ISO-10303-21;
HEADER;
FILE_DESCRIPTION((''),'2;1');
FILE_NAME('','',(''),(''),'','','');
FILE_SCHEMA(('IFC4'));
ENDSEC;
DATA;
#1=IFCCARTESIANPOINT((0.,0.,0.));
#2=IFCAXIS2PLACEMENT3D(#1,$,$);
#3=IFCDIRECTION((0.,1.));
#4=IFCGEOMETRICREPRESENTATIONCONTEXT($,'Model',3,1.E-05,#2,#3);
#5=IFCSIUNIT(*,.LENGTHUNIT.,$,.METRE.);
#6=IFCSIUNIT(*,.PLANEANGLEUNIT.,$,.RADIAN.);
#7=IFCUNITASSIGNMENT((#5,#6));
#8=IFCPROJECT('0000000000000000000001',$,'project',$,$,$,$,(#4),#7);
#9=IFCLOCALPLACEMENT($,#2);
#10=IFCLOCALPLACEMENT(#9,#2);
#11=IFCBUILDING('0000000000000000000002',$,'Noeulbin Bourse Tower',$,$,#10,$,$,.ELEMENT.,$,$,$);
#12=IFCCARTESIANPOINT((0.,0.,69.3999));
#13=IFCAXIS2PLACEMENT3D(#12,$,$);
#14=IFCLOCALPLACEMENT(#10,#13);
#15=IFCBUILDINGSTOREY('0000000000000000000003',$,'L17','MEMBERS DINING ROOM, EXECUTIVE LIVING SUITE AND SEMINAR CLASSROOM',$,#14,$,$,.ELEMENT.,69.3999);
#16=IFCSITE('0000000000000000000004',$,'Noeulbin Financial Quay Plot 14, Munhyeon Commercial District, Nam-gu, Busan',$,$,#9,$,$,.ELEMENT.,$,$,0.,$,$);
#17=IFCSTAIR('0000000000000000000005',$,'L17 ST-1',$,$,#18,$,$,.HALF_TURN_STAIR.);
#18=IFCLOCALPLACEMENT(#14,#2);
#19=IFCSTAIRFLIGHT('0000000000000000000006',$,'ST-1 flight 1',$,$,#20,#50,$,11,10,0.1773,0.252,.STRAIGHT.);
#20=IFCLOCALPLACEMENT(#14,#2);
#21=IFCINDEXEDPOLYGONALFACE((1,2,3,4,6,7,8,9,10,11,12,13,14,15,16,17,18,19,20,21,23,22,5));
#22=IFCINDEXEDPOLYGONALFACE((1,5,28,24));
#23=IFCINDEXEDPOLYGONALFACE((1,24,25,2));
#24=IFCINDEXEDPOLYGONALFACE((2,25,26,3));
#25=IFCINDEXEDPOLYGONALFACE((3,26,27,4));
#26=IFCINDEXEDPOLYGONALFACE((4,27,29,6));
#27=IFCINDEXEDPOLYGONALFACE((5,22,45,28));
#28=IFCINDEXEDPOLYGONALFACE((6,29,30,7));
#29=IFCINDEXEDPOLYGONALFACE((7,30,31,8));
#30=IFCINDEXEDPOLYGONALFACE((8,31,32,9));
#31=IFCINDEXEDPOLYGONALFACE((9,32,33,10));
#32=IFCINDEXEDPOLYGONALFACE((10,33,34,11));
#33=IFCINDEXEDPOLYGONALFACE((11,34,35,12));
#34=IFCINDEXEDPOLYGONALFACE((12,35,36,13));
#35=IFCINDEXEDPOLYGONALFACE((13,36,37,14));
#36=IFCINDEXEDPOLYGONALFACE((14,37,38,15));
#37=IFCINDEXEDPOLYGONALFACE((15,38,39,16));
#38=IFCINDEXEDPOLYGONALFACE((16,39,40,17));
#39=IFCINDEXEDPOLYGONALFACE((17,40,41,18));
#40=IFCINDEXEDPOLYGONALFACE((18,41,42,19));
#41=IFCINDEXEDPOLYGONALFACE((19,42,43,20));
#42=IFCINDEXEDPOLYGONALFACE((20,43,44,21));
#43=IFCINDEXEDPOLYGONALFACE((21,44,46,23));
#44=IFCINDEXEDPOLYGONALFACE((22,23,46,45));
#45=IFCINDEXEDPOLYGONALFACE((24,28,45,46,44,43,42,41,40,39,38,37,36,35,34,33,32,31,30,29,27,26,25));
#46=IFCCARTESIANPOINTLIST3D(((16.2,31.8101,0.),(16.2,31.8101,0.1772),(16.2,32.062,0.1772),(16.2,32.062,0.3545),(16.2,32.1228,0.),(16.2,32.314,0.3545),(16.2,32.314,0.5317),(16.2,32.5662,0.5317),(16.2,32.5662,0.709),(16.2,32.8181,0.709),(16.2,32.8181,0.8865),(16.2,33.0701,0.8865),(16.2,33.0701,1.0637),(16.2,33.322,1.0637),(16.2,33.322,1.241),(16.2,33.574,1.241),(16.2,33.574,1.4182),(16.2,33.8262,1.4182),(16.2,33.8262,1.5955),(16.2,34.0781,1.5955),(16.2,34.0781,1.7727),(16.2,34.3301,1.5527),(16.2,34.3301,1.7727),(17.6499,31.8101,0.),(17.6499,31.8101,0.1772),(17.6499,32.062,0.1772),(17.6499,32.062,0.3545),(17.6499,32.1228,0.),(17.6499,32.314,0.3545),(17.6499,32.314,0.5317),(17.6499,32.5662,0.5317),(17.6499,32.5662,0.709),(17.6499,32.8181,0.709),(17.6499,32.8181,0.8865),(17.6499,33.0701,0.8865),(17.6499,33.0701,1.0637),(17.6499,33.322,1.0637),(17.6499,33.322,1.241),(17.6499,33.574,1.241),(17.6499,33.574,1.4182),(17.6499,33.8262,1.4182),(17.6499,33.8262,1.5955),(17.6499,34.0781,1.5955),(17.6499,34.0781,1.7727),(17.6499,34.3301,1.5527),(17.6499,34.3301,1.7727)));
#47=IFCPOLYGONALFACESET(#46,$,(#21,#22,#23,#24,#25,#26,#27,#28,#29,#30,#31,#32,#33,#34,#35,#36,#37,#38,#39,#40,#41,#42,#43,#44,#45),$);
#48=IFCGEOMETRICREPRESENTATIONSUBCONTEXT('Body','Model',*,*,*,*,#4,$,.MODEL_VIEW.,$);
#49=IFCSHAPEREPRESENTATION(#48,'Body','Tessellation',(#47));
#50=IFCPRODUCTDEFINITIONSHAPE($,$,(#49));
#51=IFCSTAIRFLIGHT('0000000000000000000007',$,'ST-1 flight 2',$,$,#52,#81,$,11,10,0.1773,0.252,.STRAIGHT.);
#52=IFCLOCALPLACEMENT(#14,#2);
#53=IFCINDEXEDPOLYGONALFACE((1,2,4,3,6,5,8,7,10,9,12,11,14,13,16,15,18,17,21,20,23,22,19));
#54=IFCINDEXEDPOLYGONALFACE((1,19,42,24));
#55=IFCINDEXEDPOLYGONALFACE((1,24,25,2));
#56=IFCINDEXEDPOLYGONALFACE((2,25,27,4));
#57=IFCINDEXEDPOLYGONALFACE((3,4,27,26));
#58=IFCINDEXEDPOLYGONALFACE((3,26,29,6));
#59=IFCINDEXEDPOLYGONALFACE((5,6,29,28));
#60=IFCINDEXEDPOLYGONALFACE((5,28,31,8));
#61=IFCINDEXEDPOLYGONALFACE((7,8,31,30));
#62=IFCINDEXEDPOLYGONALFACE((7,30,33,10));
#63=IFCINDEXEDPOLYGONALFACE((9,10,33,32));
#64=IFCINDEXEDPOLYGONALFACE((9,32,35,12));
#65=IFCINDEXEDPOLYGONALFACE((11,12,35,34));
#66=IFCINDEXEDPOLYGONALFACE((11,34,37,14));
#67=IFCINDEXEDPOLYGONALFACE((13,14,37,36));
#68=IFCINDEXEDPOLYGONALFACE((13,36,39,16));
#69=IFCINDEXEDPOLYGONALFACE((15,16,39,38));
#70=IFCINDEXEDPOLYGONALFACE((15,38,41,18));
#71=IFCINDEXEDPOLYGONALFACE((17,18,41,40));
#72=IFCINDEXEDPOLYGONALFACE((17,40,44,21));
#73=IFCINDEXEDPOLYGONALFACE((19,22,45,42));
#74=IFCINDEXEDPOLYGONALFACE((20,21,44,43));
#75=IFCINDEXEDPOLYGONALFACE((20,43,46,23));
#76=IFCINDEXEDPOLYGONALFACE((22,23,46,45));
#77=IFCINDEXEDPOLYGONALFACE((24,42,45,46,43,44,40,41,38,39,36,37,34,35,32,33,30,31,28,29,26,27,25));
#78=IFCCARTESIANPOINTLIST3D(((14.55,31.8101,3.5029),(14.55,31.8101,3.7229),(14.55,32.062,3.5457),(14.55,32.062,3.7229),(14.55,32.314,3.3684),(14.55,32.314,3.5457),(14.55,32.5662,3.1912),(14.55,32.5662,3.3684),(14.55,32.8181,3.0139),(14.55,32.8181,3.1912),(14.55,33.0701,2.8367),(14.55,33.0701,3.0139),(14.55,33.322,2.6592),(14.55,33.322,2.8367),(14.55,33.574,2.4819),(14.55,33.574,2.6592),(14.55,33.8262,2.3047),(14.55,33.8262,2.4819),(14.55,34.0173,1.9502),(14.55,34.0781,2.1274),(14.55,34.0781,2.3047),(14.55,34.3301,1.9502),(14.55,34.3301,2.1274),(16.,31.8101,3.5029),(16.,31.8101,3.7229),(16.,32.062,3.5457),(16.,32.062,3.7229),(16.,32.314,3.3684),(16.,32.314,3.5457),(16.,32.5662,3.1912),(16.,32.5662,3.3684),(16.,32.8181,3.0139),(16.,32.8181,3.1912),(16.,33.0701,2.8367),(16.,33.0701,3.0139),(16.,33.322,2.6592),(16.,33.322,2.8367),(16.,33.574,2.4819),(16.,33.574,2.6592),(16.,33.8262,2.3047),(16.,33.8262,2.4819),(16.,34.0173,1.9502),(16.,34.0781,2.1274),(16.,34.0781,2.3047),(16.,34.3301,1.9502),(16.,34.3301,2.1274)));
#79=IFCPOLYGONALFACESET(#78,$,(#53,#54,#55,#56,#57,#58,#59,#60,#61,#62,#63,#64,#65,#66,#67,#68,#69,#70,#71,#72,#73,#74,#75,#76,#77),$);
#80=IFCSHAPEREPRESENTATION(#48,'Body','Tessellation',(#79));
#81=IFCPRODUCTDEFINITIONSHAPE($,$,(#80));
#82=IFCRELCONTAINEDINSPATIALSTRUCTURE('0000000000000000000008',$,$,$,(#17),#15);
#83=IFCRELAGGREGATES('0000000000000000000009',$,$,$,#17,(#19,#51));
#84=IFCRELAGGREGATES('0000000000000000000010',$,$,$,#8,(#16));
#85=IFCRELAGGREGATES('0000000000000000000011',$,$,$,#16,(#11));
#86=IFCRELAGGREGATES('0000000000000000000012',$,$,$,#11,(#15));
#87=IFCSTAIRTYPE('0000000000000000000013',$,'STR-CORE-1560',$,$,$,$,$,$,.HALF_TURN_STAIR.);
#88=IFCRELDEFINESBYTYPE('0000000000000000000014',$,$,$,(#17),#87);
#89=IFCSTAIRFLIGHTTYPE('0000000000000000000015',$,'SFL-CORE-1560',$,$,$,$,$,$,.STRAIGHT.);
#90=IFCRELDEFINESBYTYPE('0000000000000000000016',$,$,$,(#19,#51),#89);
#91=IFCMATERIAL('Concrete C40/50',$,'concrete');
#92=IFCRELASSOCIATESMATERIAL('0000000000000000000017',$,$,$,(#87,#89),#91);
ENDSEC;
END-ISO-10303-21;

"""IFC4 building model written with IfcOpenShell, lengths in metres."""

from ifc_helpers import new_model, si_unit, direction, frame, origin, place, context, subcontext, project, spatial, polyline, outline, extrude, material, type_object, element, aggregate, save


model = new_model("IFC4")

# Units and contexts
model_context = context("Model", 3, precision=1e-05, world=origin(), true_north=direction((0.0, 1.0)))
body_context = subcontext(model_context, "Body", "Model", "MODEL_VIEW")
ifc_project = project(units=[si_unit("LENGTHUNIT", "METRE"), si_unit("PLANEANGLEUNIT", "RADIAN")], contexts=[model_context])

# Site, building, storey
site_placement = place(None, origin())
site = spatial("IfcSite", under=ifc_project, at=site_placement, Name="Noeulbin Financial Quay Plot 14, Munhyeon Commercial District, Nam-gu, Busan", CompositionType="ELEMENT", RefElevation=0.0)
building_placement = place(site_placement, origin())
building = spatial("IfcBuilding", under=site, at=building_placement, Name="Noeulbin Bourse Tower", CompositionType="ELEMENT")
storey_placement = place(building_placement, frame((0.0, 0.0, 69.3999)))
storey = spatial("IfcBuildingStorey", under=building, at=storey_placement, Name="L17", Description="MEMBERS DINING ROOM, EXECUTIVE LIVING SUITE AND SEMINAR CLASSROOM", CompositionType="ELEMENT", Elevation=69.3999)

# Shared definitions
ifc_material_1 = material(Name="Concrete C40/50", Category="concrete")

# Stair, stair flights
stair_type = type_object("IfcStairType", Name="STR-CORE-1560", PredefinedType="HALF_TURN_STAIR", material=ifc_material_1)
stair_placement = place(storey_placement, origin())
stair = element("IfcStair", 1, at=stair_placement, inside=storey, type_object=stair_type, Name="L17 ST-1", PredefinedType="HALF_TURN_STAIR")
stair_flight_type = type_object("IfcStairFlightType", Name="SFL-CORE-1560", PredefinedType="STRAIGHT", material=ifc_material_1)
stair_flight_1_placement = place(storey_placement, frame((16.925, 31.8101, 0.0), z_axis=(0.0, 0.0, 1.0), x_axis=(0.0, 1.0, 0.0)))
stair_flight_1 = element("IfcStairFlight", 2, at=stair_flight_1_placement, type_object=stair_flight_type, Name="ST-1 flight 1", NumberOfRisers=11, NumberOfTreads=10, PredefinedType="STRAIGHT", RiserHeight=0.1773, TreadLength=0.252, context=body_context, shape_type="SweptSolid", body=[
    extrude(outline(polyline([(0.0, 0.0), (0.0, 0.1772), (0.252, 0.1772), (0.252, 0.3545), (0.5039, 0.3545), (0.5039, 0.5317), (0.7561, 0.5317), (0.7561, 0.709), (1.0081, 0.709), (1.0081, 0.8865), (1.26, 0.8865), (1.26, 1.0637), (1.512, 1.0637), (1.512, 1.241), (1.7639, 1.241), (1.7639, 1.4182), (2.0161, 1.4182), (2.0161, 1.5955), (2.2681, 1.5955), (2.2681, 1.7727), (2.52, 1.7727), (2.52, 1.95), (2.52, 1.5527), (0.3127, 0.0), (0.0, 0.0)])), frame((0.0, 0.7251, 0.0), z_axis=(0.0, -1.0, 0.0), x_axis=(1.0, 0.0, 0.0)), (0.0, 0.0, 1.0), 1.45),
])
stair_flight_2_placement = place(storey_placement, frame((15.2749, 34.3301, 1.9502), z_axis=(0.0, 0.0, 1.0), x_axis=(0.0, -1.0, 0.0)))
stair_flight_2 = element("IfcStairFlight", 3, at=stair_flight_2_placement, type_object=stair_flight_type, Name="ST-1 flight 2", NumberOfRisers=11, NumberOfTreads=10, PredefinedType="STRAIGHT", RiserHeight=0.1773, TreadLength=0.252, context=body_context, shape_type="SweptSolid", body=[
    extrude(outline(polyline([(0.0, 0.0), (0.0, 0.1772), (0.252, 0.1772), (0.252, 0.3545), (0.5039, 0.3545), (0.5039, 0.5317), (0.7561, 0.5317), (0.7561, 0.709), (1.0081, 0.709), (1.0081, 0.8865), (1.26, 0.8865), (1.26, 1.0637), (1.512, 1.0637), (1.512, 1.241), (1.7639, 1.241), (1.7639, 1.4182), (2.0161, 1.4182), (2.0161, 1.5955), (2.2681, 1.5955), (2.2681, 1.7727), (2.52, 1.7727), (2.52, 1.95), (2.52, 1.5527), (0.3127, 0.0), (0.0, 0.0)])), frame((0.0, 0.7251, 0.0), z_axis=(0.0, -1.0, 0.0), x_axis=(1.0, 0.0, 0.0)), (0.0, 0.0, 1.0), 1.45),
])
aggregate(stair, [stair_flight_1, stair_flight_2])

save(model, "model.ifc")
